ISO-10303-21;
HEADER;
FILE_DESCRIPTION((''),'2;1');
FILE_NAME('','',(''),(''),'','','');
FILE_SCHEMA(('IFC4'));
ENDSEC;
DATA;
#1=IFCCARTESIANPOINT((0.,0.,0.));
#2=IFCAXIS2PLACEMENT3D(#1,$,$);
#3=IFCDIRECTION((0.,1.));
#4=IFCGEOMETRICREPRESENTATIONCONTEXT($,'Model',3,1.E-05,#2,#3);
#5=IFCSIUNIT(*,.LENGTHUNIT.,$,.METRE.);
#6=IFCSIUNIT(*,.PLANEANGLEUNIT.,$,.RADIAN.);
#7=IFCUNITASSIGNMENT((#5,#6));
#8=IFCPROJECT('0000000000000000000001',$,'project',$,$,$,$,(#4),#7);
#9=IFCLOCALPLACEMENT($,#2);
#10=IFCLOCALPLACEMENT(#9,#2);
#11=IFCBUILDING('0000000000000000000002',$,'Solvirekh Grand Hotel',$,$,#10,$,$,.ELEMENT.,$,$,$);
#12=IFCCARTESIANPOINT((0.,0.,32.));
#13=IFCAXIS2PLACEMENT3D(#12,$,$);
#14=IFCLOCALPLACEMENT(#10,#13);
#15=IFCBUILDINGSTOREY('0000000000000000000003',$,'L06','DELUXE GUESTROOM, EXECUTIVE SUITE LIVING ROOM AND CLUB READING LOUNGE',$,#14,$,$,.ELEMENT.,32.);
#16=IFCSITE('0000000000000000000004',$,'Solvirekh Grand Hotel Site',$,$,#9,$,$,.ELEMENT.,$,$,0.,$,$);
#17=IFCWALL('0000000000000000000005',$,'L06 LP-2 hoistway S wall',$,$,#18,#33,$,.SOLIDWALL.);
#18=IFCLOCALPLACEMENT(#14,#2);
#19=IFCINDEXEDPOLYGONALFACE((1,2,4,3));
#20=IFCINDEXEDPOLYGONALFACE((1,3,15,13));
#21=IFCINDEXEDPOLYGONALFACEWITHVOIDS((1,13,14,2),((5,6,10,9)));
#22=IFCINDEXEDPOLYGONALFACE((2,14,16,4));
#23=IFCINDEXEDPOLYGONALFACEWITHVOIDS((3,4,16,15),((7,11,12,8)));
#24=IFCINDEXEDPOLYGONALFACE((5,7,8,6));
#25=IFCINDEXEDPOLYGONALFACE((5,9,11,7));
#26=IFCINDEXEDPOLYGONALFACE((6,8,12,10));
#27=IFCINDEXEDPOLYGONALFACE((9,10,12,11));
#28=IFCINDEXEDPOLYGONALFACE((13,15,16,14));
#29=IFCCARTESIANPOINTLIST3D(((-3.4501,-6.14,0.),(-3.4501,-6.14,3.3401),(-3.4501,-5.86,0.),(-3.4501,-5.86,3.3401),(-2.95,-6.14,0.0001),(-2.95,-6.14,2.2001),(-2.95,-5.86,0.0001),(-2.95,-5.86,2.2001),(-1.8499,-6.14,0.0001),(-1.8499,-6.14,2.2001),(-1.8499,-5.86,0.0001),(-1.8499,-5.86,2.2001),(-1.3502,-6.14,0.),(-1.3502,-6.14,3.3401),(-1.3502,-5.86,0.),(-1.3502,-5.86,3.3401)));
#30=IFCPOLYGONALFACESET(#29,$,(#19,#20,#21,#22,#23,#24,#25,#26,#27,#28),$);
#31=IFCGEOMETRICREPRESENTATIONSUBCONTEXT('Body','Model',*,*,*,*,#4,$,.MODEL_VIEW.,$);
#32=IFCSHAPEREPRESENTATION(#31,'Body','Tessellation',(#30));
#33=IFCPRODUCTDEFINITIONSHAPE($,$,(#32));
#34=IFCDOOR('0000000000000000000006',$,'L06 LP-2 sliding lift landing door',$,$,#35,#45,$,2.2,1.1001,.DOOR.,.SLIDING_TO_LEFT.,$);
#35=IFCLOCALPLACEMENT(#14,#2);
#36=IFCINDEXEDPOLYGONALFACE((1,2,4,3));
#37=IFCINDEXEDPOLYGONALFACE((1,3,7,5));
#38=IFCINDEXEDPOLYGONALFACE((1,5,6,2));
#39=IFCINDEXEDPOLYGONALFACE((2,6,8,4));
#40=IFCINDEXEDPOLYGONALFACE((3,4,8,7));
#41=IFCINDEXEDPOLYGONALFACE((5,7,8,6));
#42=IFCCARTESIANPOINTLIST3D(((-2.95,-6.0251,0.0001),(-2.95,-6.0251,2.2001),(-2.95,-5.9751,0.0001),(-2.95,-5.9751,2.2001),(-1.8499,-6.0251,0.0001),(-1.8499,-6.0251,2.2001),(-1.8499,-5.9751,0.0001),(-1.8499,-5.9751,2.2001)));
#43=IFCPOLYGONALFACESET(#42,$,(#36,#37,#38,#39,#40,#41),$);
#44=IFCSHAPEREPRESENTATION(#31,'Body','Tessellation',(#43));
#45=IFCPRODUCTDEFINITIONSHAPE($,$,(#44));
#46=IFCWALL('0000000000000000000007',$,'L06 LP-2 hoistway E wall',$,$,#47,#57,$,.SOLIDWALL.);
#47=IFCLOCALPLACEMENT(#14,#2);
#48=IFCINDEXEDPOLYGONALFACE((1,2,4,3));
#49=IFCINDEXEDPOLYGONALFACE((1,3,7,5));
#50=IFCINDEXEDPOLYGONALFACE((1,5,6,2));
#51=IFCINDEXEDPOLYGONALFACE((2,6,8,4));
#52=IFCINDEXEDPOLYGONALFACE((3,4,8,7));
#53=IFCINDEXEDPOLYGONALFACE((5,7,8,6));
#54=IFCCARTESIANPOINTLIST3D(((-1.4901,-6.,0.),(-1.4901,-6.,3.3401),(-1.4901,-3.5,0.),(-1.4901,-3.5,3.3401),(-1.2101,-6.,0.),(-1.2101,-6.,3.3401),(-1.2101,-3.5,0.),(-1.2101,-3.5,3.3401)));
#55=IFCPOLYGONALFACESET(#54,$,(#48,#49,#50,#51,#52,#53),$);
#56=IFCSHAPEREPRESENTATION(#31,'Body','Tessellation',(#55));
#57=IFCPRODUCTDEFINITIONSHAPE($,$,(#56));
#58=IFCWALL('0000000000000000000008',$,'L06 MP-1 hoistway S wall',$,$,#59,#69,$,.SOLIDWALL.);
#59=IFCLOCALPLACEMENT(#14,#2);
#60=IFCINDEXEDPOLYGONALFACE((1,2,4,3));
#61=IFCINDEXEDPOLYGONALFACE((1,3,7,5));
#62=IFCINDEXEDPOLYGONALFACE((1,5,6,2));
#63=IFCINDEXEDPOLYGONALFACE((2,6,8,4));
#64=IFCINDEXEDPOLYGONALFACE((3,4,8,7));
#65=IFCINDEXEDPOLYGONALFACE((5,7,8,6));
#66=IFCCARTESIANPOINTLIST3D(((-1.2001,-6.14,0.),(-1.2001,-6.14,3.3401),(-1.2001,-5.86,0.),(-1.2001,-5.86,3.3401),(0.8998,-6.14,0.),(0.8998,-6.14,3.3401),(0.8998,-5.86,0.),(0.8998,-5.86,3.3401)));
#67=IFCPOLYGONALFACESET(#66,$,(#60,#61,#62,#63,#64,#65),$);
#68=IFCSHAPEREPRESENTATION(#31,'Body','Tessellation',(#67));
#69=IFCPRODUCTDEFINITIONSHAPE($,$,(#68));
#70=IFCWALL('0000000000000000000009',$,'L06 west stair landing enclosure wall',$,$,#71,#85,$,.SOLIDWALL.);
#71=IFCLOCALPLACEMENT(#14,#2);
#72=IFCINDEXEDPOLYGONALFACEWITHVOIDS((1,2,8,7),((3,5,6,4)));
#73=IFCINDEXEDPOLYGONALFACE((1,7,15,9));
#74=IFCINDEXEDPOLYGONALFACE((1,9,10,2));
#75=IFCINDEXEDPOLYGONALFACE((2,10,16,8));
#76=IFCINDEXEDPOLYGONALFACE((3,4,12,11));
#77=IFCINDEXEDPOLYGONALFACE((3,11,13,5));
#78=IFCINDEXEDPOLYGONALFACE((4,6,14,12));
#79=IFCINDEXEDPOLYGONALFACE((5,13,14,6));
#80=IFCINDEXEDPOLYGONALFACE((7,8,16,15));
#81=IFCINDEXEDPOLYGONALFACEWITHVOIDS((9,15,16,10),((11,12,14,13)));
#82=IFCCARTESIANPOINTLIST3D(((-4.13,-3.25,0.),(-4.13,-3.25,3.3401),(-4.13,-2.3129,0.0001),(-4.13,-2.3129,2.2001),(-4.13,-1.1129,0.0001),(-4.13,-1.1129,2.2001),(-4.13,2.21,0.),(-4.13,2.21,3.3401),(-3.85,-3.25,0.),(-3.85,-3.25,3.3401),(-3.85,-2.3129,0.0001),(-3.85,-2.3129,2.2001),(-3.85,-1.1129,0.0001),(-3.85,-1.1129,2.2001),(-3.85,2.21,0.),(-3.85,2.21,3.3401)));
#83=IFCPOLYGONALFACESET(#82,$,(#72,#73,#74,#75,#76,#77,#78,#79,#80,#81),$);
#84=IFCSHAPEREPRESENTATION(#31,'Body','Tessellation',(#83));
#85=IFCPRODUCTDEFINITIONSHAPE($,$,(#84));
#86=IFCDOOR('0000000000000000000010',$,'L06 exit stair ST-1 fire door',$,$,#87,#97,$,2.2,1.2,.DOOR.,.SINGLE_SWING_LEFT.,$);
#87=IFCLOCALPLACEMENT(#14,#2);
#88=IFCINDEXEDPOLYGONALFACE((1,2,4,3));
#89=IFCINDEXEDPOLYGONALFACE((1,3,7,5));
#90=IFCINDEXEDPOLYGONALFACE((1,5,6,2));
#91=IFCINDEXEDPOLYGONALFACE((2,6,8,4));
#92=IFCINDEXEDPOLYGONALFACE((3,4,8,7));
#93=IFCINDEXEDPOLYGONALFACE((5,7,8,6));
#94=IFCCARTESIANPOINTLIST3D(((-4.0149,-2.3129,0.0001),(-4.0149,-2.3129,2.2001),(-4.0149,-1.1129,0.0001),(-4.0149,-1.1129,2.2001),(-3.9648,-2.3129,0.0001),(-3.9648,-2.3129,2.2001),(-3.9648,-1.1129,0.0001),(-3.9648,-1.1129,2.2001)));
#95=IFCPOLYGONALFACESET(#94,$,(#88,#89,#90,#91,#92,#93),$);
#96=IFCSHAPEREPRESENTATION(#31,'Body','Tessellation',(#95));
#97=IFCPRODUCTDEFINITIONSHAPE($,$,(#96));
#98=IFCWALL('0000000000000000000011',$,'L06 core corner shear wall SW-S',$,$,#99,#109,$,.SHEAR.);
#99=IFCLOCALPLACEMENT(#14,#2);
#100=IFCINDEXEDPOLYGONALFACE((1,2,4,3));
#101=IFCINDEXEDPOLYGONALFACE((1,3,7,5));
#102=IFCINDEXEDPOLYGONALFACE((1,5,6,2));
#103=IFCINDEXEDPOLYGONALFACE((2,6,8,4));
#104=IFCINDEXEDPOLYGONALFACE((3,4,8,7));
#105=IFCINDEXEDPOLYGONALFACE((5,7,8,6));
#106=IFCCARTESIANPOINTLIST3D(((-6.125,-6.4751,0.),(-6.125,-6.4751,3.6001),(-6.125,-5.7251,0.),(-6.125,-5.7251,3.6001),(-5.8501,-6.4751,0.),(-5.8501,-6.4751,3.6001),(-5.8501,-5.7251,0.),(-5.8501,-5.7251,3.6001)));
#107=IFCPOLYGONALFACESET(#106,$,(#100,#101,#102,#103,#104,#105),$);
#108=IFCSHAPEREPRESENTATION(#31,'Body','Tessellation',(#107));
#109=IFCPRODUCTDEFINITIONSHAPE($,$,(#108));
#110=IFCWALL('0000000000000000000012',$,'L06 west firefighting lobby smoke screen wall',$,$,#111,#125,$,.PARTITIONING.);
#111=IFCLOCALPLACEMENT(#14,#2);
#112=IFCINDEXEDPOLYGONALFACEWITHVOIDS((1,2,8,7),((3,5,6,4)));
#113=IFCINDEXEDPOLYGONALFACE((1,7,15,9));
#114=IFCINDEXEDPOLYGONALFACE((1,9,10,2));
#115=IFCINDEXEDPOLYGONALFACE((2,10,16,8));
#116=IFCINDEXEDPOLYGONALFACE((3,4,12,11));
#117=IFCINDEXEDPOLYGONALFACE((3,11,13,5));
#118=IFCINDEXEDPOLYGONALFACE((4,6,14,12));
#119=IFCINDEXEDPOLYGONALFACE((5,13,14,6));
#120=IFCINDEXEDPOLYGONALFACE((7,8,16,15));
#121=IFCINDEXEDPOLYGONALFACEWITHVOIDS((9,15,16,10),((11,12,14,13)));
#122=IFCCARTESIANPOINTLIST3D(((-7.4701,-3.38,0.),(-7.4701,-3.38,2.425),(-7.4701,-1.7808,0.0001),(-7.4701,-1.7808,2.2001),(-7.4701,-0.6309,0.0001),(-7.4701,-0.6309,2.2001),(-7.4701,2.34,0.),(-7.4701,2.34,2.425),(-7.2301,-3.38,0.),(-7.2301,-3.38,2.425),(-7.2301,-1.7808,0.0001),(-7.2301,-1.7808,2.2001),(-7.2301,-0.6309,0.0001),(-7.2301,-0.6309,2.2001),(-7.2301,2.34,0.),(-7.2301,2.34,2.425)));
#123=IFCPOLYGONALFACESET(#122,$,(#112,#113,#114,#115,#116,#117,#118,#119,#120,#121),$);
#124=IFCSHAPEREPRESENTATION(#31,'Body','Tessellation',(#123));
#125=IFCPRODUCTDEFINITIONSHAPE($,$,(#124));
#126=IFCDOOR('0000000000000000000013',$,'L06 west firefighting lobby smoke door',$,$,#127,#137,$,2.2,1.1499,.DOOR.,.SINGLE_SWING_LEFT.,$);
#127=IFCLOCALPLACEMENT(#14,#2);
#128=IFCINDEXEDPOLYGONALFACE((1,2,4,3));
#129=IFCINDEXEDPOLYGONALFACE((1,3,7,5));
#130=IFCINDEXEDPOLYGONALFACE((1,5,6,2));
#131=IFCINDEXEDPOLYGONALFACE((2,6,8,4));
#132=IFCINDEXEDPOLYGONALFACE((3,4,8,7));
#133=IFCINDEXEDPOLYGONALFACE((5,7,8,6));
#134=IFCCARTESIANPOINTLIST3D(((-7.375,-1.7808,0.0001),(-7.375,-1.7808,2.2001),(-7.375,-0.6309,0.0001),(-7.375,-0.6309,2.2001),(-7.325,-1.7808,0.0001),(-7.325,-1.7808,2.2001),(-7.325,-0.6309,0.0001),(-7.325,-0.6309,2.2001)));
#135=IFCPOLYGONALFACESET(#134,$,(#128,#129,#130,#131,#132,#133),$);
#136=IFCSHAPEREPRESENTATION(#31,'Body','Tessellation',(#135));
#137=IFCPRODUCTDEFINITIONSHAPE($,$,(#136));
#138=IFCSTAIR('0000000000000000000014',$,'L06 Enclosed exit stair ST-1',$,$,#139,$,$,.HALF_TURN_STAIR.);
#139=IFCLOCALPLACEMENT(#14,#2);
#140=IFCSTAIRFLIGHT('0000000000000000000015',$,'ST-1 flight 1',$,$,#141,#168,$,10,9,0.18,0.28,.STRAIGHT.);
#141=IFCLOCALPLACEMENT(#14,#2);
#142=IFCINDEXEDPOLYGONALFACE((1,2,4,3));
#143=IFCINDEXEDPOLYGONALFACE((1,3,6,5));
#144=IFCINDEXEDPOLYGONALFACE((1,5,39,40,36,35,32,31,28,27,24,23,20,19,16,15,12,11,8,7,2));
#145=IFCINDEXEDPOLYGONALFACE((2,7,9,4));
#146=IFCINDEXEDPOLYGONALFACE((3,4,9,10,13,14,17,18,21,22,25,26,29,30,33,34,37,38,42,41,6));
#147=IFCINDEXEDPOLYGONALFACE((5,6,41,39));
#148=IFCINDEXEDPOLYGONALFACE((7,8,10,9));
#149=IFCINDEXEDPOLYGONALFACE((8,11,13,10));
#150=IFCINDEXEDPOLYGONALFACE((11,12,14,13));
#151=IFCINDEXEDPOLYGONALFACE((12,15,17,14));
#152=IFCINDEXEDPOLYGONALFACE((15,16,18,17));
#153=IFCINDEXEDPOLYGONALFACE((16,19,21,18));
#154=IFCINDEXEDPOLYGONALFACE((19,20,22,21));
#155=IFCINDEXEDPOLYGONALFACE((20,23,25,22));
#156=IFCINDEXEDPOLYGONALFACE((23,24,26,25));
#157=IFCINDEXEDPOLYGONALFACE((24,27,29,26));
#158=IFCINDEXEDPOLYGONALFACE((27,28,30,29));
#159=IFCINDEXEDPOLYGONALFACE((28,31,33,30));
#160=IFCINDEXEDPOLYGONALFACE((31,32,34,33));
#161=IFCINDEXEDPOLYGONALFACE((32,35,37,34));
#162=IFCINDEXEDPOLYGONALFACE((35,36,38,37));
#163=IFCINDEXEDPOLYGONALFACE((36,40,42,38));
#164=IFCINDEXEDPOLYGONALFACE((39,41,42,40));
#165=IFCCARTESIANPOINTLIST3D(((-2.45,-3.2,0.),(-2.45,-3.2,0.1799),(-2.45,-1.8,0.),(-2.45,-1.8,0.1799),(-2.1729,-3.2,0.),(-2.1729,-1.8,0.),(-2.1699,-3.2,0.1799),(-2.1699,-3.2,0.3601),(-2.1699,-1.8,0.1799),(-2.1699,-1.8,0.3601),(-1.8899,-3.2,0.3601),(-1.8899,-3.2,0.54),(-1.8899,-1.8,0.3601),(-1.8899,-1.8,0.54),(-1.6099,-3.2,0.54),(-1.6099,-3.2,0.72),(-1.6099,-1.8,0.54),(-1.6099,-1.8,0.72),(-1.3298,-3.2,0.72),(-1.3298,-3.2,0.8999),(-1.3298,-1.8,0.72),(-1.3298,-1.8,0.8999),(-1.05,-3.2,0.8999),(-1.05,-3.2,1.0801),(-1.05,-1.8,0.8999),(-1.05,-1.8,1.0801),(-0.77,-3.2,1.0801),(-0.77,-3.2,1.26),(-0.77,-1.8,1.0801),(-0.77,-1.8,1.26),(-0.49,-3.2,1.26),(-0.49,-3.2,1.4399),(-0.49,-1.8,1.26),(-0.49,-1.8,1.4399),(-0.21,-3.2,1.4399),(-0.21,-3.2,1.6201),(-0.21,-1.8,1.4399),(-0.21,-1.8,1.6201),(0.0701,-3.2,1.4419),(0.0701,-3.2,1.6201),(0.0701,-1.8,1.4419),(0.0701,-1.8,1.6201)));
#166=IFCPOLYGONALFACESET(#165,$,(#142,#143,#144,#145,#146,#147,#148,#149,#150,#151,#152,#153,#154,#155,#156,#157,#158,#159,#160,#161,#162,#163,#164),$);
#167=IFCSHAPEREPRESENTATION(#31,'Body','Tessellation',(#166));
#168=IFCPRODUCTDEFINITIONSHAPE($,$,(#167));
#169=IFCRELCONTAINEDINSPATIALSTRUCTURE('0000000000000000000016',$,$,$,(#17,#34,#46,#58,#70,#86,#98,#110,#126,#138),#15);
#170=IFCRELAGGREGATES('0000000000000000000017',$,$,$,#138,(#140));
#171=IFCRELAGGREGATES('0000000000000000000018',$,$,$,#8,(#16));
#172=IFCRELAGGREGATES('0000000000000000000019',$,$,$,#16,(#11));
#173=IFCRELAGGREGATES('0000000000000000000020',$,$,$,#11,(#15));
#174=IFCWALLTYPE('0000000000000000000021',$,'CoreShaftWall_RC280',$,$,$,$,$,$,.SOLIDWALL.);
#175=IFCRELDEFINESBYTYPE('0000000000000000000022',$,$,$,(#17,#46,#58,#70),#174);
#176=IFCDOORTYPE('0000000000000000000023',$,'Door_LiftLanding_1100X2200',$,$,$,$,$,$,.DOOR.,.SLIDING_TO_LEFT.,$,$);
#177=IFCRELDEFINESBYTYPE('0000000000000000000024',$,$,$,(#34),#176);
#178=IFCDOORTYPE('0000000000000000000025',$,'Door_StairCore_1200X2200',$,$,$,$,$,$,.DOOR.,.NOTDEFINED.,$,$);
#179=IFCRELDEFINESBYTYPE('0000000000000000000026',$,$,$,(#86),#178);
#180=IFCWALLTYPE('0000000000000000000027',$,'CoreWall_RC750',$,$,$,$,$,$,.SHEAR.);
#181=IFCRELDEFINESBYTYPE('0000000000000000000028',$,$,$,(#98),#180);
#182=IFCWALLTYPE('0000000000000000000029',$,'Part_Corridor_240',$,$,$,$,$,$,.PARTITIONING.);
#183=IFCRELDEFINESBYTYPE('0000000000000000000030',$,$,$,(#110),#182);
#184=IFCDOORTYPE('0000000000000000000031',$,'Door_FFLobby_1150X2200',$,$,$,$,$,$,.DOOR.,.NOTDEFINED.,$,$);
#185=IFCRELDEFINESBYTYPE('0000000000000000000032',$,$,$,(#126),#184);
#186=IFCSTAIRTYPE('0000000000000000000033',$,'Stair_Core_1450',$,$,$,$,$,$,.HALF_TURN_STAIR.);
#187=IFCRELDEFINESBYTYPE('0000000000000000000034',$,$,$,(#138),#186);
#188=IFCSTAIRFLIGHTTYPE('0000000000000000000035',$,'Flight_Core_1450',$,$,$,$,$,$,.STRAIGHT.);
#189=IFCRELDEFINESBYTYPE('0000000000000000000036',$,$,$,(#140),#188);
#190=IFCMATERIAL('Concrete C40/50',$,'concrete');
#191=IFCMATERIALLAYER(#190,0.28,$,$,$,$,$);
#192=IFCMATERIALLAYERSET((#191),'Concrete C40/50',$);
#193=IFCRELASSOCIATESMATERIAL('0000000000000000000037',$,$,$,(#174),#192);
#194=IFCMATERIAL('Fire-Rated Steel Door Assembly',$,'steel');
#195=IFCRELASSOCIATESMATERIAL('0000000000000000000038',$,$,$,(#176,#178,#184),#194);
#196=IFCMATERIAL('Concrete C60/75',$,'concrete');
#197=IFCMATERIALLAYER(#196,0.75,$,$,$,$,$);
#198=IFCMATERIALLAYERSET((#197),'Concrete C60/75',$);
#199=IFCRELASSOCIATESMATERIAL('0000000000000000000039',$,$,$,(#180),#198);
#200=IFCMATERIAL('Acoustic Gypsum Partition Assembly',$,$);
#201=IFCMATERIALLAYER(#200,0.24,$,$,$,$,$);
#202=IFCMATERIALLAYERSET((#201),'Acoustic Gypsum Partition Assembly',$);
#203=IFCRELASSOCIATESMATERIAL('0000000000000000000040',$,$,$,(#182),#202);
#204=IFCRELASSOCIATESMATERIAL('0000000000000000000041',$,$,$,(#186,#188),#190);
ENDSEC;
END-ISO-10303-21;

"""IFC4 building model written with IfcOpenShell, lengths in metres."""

from ifc_helpers import new_model, si_unit, direction, frame, frame_2d, origin, place, context, subcontext, project, spatial, polyline, rectangle, outline, extrude, material, layer, layer_set, type_object, element, fill, aggregate, save


model = new_model("IFC4")

# Units and contexts
model_context = context("Model", 3, precision=1e-05, world=origin(), true_north=direction((0.0, 1.0)))
body_context = subcontext(model_context, "Body", "Model", "MODEL_VIEW")
ifc_project = project(units=[si_unit("LENGTHUNIT", "METRE"), si_unit("PLANEANGLEUNIT", "RADIAN")], contexts=[model_context])

# Site, building, storey
site_placement = place(None, origin())
site = spatial("IfcSite", under=ifc_project, at=site_placement, Name="Solvirekh Grand Hotel Site", CompositionType="ELEMENT", RefElevation=0.0)
building_placement = place(site_placement, origin())
building = spatial("IfcBuilding", under=site, at=building_placement, Name="Solvirekh Grand Hotel", CompositionType="ELEMENT")
storey_placement = place(building_placement, frame((0.0, 0.0, 32.0)))
storey = spatial("IfcBuildingStorey", under=building, at=storey_placement, Name="L06", Description="DELUXE GUESTROOM, EXECUTIVE SUITE LIVING ROOM AND CLUB READING LOUNGE", CompositionType="ELEMENT", Elevation=32.0)

# Shared definitions
ifc_material_1 = material(Name="Concrete C40/50", Category="concrete")
ifc_layer_1 = layer(ifc_material_1, 0.28)
ifc_layer_set_1 = layer_set([ifc_layer_1], Name="Concrete C40/50")
wall_type_1 = type_object("IfcWallType", Name="CoreShaftWall_RC280", PredefinedType="SOLIDWALL", material=ifc_layer_set_1)
ifc_material_2 = material(Name="Fire-Rated Steel Door Assembly", Category="steel")
door_type_1 = type_object("IfcDoorType", Name="Door_LiftLanding_1100X2200", OperationType="SLIDING_TO_LEFT", PredefinedType="DOOR", material=ifc_material_2)

# Wall, opening, door
wall_1_placement = place(storey_placement, frame((-3.45, -6.0, 0.0), z_axis=(0.0, 0.0, 1.0), x_axis=(1.0, 0.0, 0.0)))
wall_1 = element("IfcWall", 1, at=wall_1_placement, inside=storey, type_object=wall_type_1, Name="L06 LP-2 hoistway S wall", PredefinedType="SOLIDWALL", context=body_context, shape_type="SweptSolid", body=[
    extrude(rectangle(XDim=2.0999, YDim=0.28, at=frame_2d((1.0498, 0.0))), origin(), (0.0, 0.0, 1.0), 3.3401),
])
opening_1_placement = place(wall_1_placement, frame((0.5, 0.0, 0.0)))
opening_1 = element("IfcOpeningElement", 2, at=opening_1_placement, cuts=wall_1, PredefinedType="OPENING", context=body_context, shape_type="SweptSolid", body=[
    extrude(rectangle(XDim=1.1001, YDim=2.2, at=frame_2d((0.55, 1.1001))), frame((0.0, 0.1499, 0.0), z_axis=(0.0, -1.0, 0.0), x_axis=(1.0, 0.0, 0.0)), (0.0, 0.0, 1.0), 0.3),
])
door_1_placement = place(opening_1_placement, origin())
door_1 = element("IfcDoor", 3, at=door_1_placement, inside=storey, type_object=door_type_1, Name="L06 LP-2 sliding lift landing door", OperationType="SLIDING_TO_LEFT", OverallHeight=2.2, OverallWidth=1.1001, PredefinedType="DOOR", context=body_context, shape_type="SweptSolid", body=[
    extrude(rectangle(XDim=1.1001, YDim=2.2, at=frame_2d((0.55, 1.1001))), frame((0.0, 0.0249, 0.0), z_axis=(0.0, -1.0, 0.0), x_axis=(1.0, 0.0, 0.0)), (0.0, 0.0, 1.0), 0.05),
])
fill(opening_1, door_1)

# Walls
wall_2_placement = place(storey_placement, frame((-1.3501, -6.0, 0.0), z_axis=(0.0, 0.0, 1.0), x_axis=(0.0, 1.0, 0.0)))
element("IfcWall", 4, at=wall_2_placement, inside=storey, type_object=wall_type_1, Name="L06 LP-2 hoistway E wall", PredefinedType="SOLIDWALL", context=body_context, shape_type="SweptSolid", body=[
    extrude(rectangle(XDim=2.5, YDim=0.28, at=frame_2d((1.25, 0.0))), origin(), (0.0, 0.0, 1.0), 3.3401),
])
wall_3_placement = place(storey_placement, frame((-1.2, -6.0, 0.0), z_axis=(0.0, 0.0, 1.0), x_axis=(1.0, 0.0, 0.0)))
element("IfcWall", 5, at=wall_3_placement, inside=storey, type_object=wall_type_1, Name="L06 MP-1 hoistway S wall", PredefinedType="SOLIDWALL", context=body_context, shape_type="SweptSolid", body=[
    extrude(rectangle(XDim=2.0999, YDim=0.28, at=frame_2d((1.0498, 0.0))), origin(), (0.0, 0.0, 1.0), 3.3401),
])

# Wall, opening, door
wall_4_placement = place(storey_placement, frame((-3.99, -3.25, 0.0), z_axis=(0.0, 0.0, 1.0), x_axis=(0.0, 1.0, 0.0)))
wall_4 = element("IfcWall", 6, at=wall_4_placement, inside=storey, type_object=wall_type_1, Name="L06 west stair landing enclosure wall", PredefinedType="SOLIDWALL", context=body_context, shape_type="SweptSolid", body=[
    extrude(rectangle(XDim=5.46, YDim=0.28, at=frame_2d((2.73, 0.0))), origin(), (0.0, 0.0, 1.0), 3.3401),
])
opening_2_placement = place(wall_4_placement, frame((0.937, 0.0, 0.0)))
opening_2 = element("IfcOpeningElement", 7, at=opening_2_placement, cuts=wall_4, PredefinedType="OPENING", context=body_context, shape_type="SweptSolid", body=[
    extrude(rectangle(XDim=1.2, YDim=2.2, at=frame_2d((0.6001, 1.1001))), frame((0.0, 0.1499, 0.0), z_axis=(0.0, -1.0, 0.0), x_axis=(1.0, 0.0, 0.0)), (0.0, 0.0, 1.0), 0.3),
])
door_type_2 = type_object("IfcDoorType", Name="Door_StairCore_1200X2200", OperationType="NOTDEFINED", PredefinedType="DOOR", material=ifc_material_2)
door_2_placement = place(opening_2_placement, origin())
door_2 = element("IfcDoor", 8, at=door_2_placement, inside=storey, type_object=door_type_2, Name="L06 exit stair ST-1 fire door", OperationType="SINGLE_SWING_LEFT", OverallHeight=2.2, OverallWidth=1.2, PredefinedType="DOOR", context=body_context, shape_type="SweptSolid", body=[
    extrude(rectangle(XDim=1.2, YDim=2.2, at=frame_2d((0.6001, 1.1001))), frame((0.0, 0.0249, 0.0), z_axis=(0.0, -1.0, 0.0), x_axis=(1.0, 0.0, 0.0)), (0.0, 0.0, 1.0), 0.05),
])
fill(opening_2, door_2)

# Wall
ifc_material_3 = material(Name="Concrete C60/75", Category="concrete")
ifc_layer_2 = layer(ifc_material_3, 0.75)
ifc_layer_set_2 = layer_set([ifc_layer_2], Name="Concrete C60/75")
wall_type_2 = type_object("IfcWallType", Name="CoreWall_RC750", PredefinedType="SHEAR", material=ifc_layer_set_2)
wall_5_placement = place(storey_placement, frame((-6.125, -6.1001, 0.0), z_axis=(0.0, 0.0, 1.0), x_axis=(1.0, 0.0, 0.0)))
element("IfcWall", 9, at=wall_5_placement, inside=storey, type_object=wall_type_2, Name="L06 core corner shear wall SW-S", PredefinedType="SHEAR", context=body_context, shape_type="SweptSolid", body=[
    extrude(rectangle(XDim=0.2749, YDim=0.75, at=frame_2d((0.1375, 0.0))), origin(), (0.0, 0.0, 1.0), 3.6001),
])

# Wall, opening, door
ifc_material_4 = material(Name="Acoustic Gypsum Partition Assembly")
ifc_layer_3 = layer(ifc_material_4, 0.24)
ifc_layer_set_3 = layer_set([ifc_layer_3], Name="Acoustic Gypsum Partition Assembly")
wall_type_3 = type_object("IfcWallType", Name="Part_Corridor_240", PredefinedType="PARTITIONING", material=ifc_layer_set_3)
wall_6_placement = place(storey_placement, frame((-7.3501, -3.3799, 0.0), z_axis=(0.0, 0.0, 1.0), x_axis=(0.0, 1.0, 0.0)))
wall_6 = element("IfcWall", 10, at=wall_6_placement, inside=storey, type_object=wall_type_3, Name="L06 west firefighting lobby smoke screen wall", PredefinedType="PARTITIONING", context=body_context, shape_type="SweptSolid", body=[
    extrude(rectangle(XDim=5.72, YDim=0.24, at=frame_2d((2.8599, 0.0))), origin(), (0.0, 0.0, 1.0), 2.425),
])
opening_3_placement = place(wall_6_placement, frame((1.5991, 0.0, 0.0)))
opening_3 = element("IfcOpeningElement", 11, at=opening_3_placement, cuts=wall_6, PredefinedType="OPENING", context=body_context, shape_type="SweptSolid", body=[
    extrude(rectangle(XDim=1.1499, YDim=2.2, at=frame_2d((0.575, 1.1001))), frame((0.0, 0.1299, 0.0), z_axis=(0.0, -1.0, 0.0), x_axis=(1.0, 0.0, 0.0)), (0.0, 0.0, 1.0), 0.26),
])
door_type_3 = type_object("IfcDoorType", Name="Door_FFLobby_1150X2200", OperationType="NOTDEFINED", PredefinedType="DOOR", material=ifc_material_2)
door_3_placement = place(opening_3_placement, origin())
door_3 = element("IfcDoor", 12, at=door_3_placement, inside=storey, type_object=door_type_3, Name="L06 west firefighting lobby smoke door", OperationType="SINGLE_SWING_LEFT", OverallHeight=2.2, OverallWidth=1.1499, PredefinedType="DOOR", context=body_context, shape_type="SweptSolid", body=[
    extrude(rectangle(XDim=1.1499, YDim=2.2, at=frame_2d((0.575, 1.1001))), frame((0.0, 0.0249, 0.0), z_axis=(0.0, -1.0, 0.0), x_axis=(1.0, 0.0, 0.0)), (0.0, 0.0, 1.0), 0.05),
])
fill(opening_3, door_3)

# Stair, stair flight
stair_type = type_object("IfcStairType", Name="Stair_Core_1450", PredefinedType="HALF_TURN_STAIR", material=ifc_material_1)
stair_placement = place(storey_placement, origin())
stair = element("IfcStair", 13, at=stair_placement, inside=storey, type_object=stair_type, Name="L06 Enclosed exit stair ST-1", PredefinedType="HALF_TURN_STAIR")
stair_flight_type = type_object("IfcStairFlightType", Name="Flight_Core_1450", PredefinedType="STRAIGHT", material=ifc_material_1)
stair_flight_placement = place(storey_placement, frame((-2.45, -2.5, 0.0), z_axis=(0.0, 0.0, 1.0), x_axis=(1.0, 0.0, 0.0)))
stair_flight = element("IfcStairFlight", 14, at=stair_flight_placement, type_object=stair_flight_type, Name="ST-1 flight 1", NumberOfRisers=10, NumberOfTreads=9, PredefinedType="STRAIGHT", RiserHeight=0.18, TreadLength=0.28, context=body_context, shape_type="SweptSolid", body=[
    extrude(outline(polyline([(0.0, 0.0), (0.0, 0.1799), (0.28, 0.1799), (0.28, 0.3601), (0.5601, 0.3601), (0.5601, 0.54), (0.8401, 0.54), (0.8401, 0.72), (1.1201, 0.72), (1.1201, 0.8999), (1.3999, 0.8999), (1.3999, 1.0801), (1.6799, 1.0801), (1.6799, 1.26), (1.96, 1.26), (1.96, 1.4399), (2.24, 1.4399), (2.24, 1.6201), (2.52, 1.6201), (2.52, 1.8), (2.52, 1.4419), (0.2771, 0.0), (0.0, 0.0)])), frame((0.0, 0.7, 0.0), z_axis=(0.0, -1.0, 0.0), x_axis=(1.0, 0.0, 0.0)), (0.0, 0.0, 1.0), 1.3999),
])
aggregate(stair, [stair_flight])

save(model, "model.ifc")
